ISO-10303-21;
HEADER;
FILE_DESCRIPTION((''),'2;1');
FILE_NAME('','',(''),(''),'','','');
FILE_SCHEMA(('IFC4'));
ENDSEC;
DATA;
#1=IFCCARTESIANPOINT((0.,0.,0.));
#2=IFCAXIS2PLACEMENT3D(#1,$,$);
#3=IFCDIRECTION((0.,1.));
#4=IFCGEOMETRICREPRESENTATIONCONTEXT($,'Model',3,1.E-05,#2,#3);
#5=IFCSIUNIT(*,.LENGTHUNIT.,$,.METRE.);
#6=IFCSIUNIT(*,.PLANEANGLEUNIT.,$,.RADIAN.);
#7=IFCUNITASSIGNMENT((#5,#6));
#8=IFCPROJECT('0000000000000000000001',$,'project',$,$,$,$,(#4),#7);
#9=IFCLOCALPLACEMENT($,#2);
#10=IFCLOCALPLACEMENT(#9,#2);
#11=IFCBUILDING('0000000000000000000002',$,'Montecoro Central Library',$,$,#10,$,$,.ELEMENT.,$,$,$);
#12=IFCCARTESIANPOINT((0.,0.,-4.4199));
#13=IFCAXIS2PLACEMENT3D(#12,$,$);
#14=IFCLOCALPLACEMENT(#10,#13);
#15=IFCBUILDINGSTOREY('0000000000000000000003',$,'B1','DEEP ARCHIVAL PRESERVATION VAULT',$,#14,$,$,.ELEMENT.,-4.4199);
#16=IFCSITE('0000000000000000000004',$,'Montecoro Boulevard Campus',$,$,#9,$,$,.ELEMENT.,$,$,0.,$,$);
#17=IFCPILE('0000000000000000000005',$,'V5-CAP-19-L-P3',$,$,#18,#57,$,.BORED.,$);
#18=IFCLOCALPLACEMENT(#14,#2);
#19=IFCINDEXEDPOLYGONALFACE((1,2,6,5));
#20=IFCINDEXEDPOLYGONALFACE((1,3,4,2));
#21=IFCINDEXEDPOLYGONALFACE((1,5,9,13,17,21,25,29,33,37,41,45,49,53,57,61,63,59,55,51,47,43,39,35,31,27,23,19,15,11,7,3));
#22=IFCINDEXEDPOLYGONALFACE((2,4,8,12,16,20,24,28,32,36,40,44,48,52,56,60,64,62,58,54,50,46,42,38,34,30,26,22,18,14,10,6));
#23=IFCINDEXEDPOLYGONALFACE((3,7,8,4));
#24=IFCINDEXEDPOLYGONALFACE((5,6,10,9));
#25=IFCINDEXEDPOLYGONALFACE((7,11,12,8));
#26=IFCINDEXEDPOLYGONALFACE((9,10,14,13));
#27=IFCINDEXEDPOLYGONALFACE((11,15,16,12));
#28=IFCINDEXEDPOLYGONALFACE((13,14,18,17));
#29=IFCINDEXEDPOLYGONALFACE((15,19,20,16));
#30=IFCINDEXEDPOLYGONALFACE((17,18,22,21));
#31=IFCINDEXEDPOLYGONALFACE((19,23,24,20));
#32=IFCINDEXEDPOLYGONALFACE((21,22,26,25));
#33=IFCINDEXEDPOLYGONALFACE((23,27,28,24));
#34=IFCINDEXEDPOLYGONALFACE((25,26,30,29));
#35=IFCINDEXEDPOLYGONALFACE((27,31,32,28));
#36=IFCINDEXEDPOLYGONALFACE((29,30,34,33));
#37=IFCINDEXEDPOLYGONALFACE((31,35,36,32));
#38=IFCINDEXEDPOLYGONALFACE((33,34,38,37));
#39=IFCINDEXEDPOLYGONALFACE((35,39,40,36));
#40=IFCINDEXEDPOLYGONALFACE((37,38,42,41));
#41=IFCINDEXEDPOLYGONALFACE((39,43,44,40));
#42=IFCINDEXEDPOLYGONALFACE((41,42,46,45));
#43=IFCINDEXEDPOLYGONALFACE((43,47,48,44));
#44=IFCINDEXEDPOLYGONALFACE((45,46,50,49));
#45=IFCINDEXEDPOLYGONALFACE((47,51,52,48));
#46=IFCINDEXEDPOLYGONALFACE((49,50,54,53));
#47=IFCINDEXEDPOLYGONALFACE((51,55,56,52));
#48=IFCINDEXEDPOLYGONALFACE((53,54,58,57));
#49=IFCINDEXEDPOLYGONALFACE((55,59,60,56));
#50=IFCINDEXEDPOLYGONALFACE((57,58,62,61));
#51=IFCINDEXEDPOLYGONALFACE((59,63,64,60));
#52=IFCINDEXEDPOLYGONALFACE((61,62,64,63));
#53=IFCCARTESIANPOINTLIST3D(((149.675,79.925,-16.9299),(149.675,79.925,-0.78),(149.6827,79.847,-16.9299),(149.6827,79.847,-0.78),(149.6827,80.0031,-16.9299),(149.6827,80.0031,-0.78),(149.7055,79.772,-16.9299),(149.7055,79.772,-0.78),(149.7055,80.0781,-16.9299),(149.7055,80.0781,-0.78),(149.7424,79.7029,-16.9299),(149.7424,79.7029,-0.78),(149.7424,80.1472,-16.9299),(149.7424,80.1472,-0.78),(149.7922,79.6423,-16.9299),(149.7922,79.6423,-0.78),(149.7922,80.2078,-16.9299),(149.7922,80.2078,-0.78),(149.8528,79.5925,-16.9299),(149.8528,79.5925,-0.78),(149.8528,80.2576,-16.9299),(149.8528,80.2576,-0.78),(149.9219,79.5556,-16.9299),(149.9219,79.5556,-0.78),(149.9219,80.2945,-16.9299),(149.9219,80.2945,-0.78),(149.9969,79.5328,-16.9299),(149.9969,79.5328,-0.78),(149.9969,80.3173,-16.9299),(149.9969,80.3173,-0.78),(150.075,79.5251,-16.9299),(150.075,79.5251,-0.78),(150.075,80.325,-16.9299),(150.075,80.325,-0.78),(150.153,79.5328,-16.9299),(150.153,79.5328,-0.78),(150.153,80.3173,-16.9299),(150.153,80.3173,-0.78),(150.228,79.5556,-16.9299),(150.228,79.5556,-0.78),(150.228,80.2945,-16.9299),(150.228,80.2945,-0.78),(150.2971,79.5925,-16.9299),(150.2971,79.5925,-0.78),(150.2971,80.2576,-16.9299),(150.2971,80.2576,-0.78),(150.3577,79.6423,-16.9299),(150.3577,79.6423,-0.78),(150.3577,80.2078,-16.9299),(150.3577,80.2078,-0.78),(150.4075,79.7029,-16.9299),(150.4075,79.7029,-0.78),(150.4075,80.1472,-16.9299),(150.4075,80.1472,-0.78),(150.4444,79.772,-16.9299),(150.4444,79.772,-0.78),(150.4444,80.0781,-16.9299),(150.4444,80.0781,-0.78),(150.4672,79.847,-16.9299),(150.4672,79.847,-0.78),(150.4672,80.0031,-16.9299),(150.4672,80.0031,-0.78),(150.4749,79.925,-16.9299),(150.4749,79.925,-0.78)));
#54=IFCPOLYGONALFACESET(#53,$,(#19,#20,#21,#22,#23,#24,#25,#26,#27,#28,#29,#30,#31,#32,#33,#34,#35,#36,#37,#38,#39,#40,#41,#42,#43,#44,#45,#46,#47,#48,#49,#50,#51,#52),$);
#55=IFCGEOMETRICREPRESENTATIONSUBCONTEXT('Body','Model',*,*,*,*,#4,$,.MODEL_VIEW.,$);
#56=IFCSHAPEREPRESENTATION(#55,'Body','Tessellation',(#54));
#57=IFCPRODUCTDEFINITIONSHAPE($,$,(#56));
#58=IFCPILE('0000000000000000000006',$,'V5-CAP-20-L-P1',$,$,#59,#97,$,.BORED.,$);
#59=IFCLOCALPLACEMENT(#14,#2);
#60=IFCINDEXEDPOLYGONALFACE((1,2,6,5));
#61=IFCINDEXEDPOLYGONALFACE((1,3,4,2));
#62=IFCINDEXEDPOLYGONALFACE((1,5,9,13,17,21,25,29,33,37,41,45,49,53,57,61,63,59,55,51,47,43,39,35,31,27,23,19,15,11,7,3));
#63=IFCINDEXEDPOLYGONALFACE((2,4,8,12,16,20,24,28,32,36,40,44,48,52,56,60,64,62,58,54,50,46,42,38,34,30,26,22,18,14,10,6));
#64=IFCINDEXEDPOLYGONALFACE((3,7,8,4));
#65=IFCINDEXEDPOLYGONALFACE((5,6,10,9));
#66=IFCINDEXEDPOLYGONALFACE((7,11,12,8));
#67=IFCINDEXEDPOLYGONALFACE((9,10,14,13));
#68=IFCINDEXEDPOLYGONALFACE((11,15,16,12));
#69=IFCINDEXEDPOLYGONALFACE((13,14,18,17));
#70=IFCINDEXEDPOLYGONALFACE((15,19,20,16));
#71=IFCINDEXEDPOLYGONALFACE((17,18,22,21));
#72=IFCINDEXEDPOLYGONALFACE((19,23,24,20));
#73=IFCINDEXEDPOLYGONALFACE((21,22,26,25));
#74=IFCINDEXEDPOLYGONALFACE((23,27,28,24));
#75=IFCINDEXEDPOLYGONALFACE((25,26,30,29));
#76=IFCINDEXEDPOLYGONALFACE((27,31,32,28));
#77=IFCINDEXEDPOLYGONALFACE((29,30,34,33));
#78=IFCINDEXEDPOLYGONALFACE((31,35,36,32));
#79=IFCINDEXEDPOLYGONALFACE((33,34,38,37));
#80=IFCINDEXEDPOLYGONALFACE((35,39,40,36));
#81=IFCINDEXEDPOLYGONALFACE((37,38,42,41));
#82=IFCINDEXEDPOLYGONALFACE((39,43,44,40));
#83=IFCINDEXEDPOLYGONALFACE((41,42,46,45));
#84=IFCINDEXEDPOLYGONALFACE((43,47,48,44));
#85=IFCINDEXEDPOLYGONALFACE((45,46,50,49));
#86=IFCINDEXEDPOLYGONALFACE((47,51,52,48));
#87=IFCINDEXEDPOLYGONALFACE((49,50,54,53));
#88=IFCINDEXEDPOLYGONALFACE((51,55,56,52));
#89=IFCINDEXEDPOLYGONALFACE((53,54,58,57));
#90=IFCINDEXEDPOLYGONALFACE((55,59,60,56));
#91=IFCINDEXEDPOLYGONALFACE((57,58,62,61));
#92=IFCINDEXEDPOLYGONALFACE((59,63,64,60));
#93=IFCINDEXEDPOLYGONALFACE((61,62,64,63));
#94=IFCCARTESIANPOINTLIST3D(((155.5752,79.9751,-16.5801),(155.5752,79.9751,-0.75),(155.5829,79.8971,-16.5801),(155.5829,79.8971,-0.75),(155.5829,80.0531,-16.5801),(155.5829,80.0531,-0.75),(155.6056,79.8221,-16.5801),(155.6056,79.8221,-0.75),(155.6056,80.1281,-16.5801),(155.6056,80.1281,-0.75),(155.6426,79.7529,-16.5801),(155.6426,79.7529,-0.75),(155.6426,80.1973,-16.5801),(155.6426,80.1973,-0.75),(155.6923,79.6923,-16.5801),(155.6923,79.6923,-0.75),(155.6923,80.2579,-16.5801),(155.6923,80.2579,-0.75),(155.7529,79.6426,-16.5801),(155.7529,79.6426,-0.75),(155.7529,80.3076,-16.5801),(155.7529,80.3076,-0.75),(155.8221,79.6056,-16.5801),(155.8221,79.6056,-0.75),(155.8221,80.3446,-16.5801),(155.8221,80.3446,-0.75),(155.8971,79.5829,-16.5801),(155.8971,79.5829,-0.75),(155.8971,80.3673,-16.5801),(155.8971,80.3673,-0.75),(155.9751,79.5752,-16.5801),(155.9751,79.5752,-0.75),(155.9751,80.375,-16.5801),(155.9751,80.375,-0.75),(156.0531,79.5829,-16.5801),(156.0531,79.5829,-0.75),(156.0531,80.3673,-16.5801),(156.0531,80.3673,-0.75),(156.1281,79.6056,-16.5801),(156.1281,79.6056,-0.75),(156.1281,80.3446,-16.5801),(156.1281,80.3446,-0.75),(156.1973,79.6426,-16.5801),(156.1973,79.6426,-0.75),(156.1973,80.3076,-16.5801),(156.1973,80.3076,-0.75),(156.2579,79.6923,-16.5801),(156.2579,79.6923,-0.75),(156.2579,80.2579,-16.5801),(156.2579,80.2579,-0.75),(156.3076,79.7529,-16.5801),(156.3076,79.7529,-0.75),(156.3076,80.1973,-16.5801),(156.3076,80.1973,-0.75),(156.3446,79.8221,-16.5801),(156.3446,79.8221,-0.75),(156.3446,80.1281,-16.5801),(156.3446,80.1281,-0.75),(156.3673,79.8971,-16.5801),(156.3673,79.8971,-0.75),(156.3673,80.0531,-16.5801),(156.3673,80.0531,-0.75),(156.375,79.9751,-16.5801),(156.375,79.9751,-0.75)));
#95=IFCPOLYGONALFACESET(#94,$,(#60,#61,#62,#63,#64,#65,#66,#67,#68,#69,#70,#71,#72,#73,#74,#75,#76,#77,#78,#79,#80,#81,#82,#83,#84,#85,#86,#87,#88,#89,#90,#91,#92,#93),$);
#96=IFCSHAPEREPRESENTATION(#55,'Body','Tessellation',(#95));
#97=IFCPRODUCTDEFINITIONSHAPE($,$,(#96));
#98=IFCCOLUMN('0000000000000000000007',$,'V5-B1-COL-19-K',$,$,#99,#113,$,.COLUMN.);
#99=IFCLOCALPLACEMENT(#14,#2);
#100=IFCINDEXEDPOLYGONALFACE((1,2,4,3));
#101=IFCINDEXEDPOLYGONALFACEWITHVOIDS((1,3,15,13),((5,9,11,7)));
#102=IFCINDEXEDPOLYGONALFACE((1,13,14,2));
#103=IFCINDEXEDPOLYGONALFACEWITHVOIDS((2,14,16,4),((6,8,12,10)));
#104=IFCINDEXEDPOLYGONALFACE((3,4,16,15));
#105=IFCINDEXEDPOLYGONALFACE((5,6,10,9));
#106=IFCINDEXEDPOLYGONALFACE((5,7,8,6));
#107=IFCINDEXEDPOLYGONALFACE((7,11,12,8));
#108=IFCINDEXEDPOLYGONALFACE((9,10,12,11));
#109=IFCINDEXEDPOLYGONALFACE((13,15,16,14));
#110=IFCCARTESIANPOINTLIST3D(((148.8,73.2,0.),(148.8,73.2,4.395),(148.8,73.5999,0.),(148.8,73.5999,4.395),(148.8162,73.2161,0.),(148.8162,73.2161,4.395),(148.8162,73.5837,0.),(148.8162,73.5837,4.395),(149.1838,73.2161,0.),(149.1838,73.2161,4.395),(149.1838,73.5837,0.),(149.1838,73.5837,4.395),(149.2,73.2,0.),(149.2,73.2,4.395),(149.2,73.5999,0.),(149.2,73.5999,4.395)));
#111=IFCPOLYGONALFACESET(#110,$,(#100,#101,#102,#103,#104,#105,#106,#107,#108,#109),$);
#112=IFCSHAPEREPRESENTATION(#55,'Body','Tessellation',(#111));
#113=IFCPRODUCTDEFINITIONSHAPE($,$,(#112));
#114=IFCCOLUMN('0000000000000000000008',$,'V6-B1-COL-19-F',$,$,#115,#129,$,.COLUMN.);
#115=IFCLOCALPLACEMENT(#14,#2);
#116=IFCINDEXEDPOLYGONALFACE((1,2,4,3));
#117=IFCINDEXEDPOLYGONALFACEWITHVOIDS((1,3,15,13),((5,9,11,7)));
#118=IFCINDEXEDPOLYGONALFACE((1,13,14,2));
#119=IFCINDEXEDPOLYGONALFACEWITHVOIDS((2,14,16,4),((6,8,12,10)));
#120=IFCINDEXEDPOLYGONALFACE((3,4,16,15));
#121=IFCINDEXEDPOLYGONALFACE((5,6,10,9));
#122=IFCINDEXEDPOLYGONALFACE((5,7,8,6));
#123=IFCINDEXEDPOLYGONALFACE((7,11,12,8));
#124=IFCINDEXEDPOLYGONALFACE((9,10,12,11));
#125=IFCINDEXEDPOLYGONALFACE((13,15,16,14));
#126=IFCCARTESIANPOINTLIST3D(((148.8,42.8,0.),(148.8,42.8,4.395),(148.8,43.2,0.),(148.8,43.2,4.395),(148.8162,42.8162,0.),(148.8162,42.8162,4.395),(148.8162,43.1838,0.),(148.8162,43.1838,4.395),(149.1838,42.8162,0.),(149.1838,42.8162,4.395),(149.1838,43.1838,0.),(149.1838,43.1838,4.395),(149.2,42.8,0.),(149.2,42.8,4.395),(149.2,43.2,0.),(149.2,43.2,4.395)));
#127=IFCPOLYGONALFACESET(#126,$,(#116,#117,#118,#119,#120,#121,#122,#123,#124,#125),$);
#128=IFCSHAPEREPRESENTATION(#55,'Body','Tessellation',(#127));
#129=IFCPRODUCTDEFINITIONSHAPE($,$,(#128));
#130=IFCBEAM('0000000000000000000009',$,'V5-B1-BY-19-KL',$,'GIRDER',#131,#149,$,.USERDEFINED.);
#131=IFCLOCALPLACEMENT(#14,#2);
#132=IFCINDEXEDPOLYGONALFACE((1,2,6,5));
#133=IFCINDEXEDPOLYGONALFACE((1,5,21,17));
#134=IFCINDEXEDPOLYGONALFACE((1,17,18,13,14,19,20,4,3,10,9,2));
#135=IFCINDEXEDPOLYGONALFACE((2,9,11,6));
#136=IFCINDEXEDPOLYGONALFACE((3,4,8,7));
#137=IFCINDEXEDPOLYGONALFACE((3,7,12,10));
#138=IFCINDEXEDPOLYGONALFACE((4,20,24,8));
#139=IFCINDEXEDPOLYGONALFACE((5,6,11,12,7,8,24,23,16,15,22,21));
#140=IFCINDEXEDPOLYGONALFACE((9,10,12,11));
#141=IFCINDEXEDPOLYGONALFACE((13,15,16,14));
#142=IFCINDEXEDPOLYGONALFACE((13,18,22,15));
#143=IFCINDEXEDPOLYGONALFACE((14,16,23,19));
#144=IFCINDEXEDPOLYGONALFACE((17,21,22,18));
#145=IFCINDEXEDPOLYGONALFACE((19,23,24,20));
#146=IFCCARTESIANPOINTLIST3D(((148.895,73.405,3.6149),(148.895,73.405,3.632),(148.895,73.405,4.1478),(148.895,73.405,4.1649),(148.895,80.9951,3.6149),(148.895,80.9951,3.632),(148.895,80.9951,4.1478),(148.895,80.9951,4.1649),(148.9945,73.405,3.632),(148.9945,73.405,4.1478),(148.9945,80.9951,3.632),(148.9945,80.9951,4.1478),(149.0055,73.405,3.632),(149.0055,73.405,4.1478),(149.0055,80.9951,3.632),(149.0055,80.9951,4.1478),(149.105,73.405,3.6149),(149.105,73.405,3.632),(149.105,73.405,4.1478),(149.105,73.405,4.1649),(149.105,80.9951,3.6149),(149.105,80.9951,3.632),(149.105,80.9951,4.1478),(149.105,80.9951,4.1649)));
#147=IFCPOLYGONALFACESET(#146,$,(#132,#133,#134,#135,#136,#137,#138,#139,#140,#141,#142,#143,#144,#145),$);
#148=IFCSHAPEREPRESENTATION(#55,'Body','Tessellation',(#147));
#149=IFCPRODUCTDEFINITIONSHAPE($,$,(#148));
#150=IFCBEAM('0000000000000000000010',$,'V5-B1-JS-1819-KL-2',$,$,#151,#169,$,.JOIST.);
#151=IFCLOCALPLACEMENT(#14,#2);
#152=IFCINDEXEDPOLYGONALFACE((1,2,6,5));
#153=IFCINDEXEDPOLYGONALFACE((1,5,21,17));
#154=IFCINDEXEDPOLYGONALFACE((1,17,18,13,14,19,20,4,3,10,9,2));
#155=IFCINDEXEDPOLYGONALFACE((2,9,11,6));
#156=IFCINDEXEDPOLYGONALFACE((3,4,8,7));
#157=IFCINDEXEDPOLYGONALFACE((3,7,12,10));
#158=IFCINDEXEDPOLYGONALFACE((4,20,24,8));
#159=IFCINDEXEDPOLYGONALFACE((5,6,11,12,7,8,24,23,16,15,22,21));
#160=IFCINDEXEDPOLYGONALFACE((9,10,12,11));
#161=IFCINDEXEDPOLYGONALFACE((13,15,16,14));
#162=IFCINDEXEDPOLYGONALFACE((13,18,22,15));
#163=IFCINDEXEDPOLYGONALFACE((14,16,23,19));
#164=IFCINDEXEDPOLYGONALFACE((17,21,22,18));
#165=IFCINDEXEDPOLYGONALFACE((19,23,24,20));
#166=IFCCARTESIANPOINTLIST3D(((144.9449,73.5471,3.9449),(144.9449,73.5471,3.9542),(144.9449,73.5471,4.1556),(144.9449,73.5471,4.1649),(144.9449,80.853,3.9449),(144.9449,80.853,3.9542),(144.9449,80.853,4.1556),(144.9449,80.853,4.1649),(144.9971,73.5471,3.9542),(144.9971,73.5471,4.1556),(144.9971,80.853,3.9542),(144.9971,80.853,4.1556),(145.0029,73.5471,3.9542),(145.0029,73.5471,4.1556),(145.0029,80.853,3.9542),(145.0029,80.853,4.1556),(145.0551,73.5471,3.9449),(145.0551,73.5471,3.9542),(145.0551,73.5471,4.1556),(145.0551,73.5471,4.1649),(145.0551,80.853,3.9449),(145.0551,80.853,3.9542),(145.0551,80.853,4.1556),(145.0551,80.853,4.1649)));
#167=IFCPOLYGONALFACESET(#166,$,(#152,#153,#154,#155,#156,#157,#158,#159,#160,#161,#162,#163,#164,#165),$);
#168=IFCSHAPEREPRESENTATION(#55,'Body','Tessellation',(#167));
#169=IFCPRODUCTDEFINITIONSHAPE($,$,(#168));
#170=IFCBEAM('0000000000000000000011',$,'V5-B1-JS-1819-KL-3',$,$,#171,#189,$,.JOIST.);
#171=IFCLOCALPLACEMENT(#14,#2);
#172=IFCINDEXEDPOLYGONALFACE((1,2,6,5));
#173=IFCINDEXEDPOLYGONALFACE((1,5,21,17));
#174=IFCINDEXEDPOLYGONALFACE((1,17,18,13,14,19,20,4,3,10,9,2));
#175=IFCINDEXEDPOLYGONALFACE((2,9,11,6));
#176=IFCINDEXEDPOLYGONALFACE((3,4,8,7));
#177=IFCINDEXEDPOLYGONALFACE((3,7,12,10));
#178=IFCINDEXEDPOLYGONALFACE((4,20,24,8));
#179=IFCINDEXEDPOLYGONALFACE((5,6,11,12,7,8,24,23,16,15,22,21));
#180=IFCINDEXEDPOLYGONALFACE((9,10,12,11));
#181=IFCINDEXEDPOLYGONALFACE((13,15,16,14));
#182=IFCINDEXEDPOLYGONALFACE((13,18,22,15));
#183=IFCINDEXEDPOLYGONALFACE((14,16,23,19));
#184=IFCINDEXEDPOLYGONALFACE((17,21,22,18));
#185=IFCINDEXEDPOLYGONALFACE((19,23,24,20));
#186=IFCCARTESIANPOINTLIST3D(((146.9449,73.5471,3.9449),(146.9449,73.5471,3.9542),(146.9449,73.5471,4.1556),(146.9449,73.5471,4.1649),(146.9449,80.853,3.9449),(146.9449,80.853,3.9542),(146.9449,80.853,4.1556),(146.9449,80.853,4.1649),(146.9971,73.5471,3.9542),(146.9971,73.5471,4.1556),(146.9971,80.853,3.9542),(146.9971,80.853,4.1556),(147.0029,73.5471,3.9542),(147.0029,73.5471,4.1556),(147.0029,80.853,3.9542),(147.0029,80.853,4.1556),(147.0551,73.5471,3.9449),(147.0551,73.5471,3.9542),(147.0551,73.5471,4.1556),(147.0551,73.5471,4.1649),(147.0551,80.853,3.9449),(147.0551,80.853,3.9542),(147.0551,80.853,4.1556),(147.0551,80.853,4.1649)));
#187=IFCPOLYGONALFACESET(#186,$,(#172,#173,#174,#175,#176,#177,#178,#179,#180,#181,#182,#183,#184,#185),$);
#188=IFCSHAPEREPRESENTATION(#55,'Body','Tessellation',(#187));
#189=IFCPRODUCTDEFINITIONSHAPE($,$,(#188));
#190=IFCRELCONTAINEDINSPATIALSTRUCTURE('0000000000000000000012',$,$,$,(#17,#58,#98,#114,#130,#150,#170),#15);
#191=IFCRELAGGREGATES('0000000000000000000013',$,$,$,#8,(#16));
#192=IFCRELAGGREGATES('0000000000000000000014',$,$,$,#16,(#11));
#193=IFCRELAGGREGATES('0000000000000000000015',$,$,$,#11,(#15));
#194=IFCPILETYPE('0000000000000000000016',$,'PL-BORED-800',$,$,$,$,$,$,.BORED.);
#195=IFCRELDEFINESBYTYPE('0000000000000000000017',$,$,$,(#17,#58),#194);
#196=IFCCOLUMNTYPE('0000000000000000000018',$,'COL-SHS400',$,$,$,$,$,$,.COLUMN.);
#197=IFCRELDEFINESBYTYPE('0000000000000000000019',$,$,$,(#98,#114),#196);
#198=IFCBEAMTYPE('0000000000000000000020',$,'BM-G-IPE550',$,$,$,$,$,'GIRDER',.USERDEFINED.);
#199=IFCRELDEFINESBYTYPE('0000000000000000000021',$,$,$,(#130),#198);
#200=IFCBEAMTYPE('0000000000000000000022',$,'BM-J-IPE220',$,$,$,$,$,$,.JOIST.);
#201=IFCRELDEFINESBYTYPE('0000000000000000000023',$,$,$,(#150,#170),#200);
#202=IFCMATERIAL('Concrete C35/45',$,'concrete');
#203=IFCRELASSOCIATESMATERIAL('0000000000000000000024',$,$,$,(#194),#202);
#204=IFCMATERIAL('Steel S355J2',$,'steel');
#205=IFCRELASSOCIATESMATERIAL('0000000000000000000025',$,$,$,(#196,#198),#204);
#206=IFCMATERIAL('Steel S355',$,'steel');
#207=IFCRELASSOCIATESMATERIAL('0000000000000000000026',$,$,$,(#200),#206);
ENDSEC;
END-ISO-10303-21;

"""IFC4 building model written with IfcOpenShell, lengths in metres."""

from ifc_helpers import new_model, si_unit, direction, frame, origin, origin_2d, place, context, subcontext, project, spatial, hollow_rectangle, circle, i_section, extrude, material, material_profile, profile_set, type_object, element, save


model = new_model("IFC4")

# Units and contexts
model_context = context("Model", 3, precision=1e-05, world=origin(), true_north=direction((0.0, 1.0)))
body_context = subcontext(model_context, "Body", "Model", "MODEL_VIEW")
ifc_project = project(units=[si_unit("LENGTHUNIT", "METRE"), si_unit("PLANEANGLEUNIT", "RADIAN")], contexts=[model_context])

# Site, building, storey
site_placement = place(None, origin())
site = spatial("IfcSite", under=ifc_project, at=site_placement, Name="Montecoro Boulevard Campus", CompositionType="ELEMENT", RefElevation=0.0)
building_placement = place(site_placement, origin())
building = spatial("IfcBuilding", under=site, at=building_placement, Name="Montecoro Central Library", CompositionType="ELEMENT")
storey_placement = place(building_placement, frame((0.0, 0.0, -4.4199)))
storey = spatial("IfcBuildingStorey", under=building, at=storey_placement, Name="B1", Description="DEEP ARCHIVAL PRESERVATION VAULT", CompositionType="ELEMENT", Elevation=-4.4199)

# Shared definitions
ifc_material_1 = material(Name="Concrete C35/45", Category="concrete")

# Piles
ifc_material_profile_1 = material_profile(ifc_material_1, circle(Radius=0.3999, at=origin_2d()), Name="PILE D800")
ifc_profile_set_1 = profile_set([ifc_material_profile_1], Name="Concrete C35/45")
pile_type_1 = type_object("IfcPileType", Name="PL-BORED-800", PredefinedType="BORED", material=ifc_profile_set_1)
for number, where, z_axis, x_axis, name in (
    (1, (150.075, 79.925, -0.78), (0.0, 0.0, -1.0), (1.0, 0.0, 0.0), "V5-CAP-19-L-P3"),
):
    element("IfcPile", number, at=place(storey_placement, frame(where, z_axis=z_axis, x_axis=x_axis)), inside=storey, type_object=pile_type_1, Name=name, PredefinedType="BORED", context=body_context, shape_type="SweptSolid", body=[
        extrude(circle(Radius=0.3999, at=origin_2d()), origin(), (0.0, 0.0, 1.0), 16.1499),
    ])
pile_1_placement = place(storey_placement, frame((155.9751, 79.9751, -0.75), z_axis=(0.0, 0.0, -1.0), x_axis=(1.0, 0.0, 0.0)))
element("IfcPile", 2, at=pile_1_placement, inside=storey, type_object=pile_type_1, Name="V5-CAP-20-L-P1", PredefinedType="BORED", context=body_context, shape_type="SweptSolid", body=[
    extrude(circle(Radius=0.3999, at=origin_2d()), origin(), (0.0, 0.0, 1.0), 15.8301),
])

# Columns
ifc_material_2 = material(Name="Steel S355J2", Category="steel")
ifc_material_profile_2 = material_profile(ifc_material_2, hollow_rectangle(XDim=0.3999, YDim=0.3999, WallThickness=0.0161, at=origin_2d()), Name="SHS 400x400x16.0")
ifc_profile_set_2 = profile_set([ifc_material_profile_2], Name="Steel S355J2")
column_type = type_object("IfcColumnType", Name="COL-SHS400", PredefinedType="COLUMN", material=ifc_profile_set_2)
for number, where, z_axis, x_axis, name in (
    (3, (149.0, 73.3999, 0.0), (0.0, 0.0, 1.0), (1.0, 0.0, 0.0), "V5-B1-COL-19-K"),
    (4, (149.0, 43.0, 0.0), (0.0, 0.0, 1.0), (1.0, 0.0, 0.0), "V6-B1-COL-19-F"),
):
    element("IfcColumn", number, at=place(storey_placement, frame(where, z_axis=z_axis, x_axis=x_axis)), inside=storey, type_object=column_type, Name=name, PredefinedType="COLUMN", context=body_context, shape_type="SweptSolid", body=[
        extrude(hollow_rectangle(XDim=0.3999, YDim=0.3999, WallThickness=0.0161, at=origin_2d()), origin(), (0.0, 0.0, 1.0), 4.395),
    ])

# Beams
ifc_material_profile_3 = material_profile(ifc_material_2, i_section(OverallWidth=0.21, OverallDepth=0.55, WebThickness=0.011, FlangeThickness=0.0171, at=origin_2d()), Name="IPE 550")
ifc_profile_set_3 = profile_set([ifc_material_profile_3], Name="Steel S355J2")
beam_type_1 = type_object("IfcBeamType", Name="BM-G-IPE550", ElementType="GIRDER", PredefinedType="USERDEFINED", material=ifc_profile_set_3)
beam_placement = place(storey_placement, frame((149.0, 73.405, 3.8899), z_axis=(0.0, 1.0, 0.0), x_axis=(-1.0, 0.0, 0.0)))
element("IfcBeam", 5, at=beam_placement, inside=storey, type_object=beam_type_1, Name="V5-B1-BY-19-KL", ObjectType="GIRDER", PredefinedType="USERDEFINED", context=body_context, shape_type="SweptSolid", body=[
    extrude(i_section(OverallWidth=0.21, OverallDepth=0.55, WebThickness=0.011, FlangeThickness=0.0171, at=origin_2d()), origin(), (0.0, 0.0, 1.0), 7.5901),
])
ifc_material_3 = material(Name="Steel S355", Category="steel")
ifc_material_profile_4 = material_profile(ifc_material_3, i_section(OverallWidth=0.1101, OverallDepth=0.22, WebThickness=0.0059, FlangeThickness=0.0093, at=origin_2d()), Name="IPE 220")
ifc_profile_set_4 = profile_set([ifc_material_profile_4], Name="Steel S355")
beam_type_2 = type_object("IfcBeamType", Name="BM-J-IPE220", PredefinedType="JOIST", material=ifc_profile_set_4)
for number, where, z_axis, x_axis, name in (
    (6, (145.0, 73.5471, 4.0549), (0.0, 1.0, 0.0), (-1.0, 0.0, 0.0), "V5-B1-JS-1819-KL-2"),
    (7, (147.0, 73.5471, 4.0549), (0.0, 1.0, 0.0), (-1.0, 0.0, 0.0), "V5-B1-JS-1819-KL-3"),
):
    element("IfcBeam", number, at=place(storey_placement, frame(where, z_axis=z_axis, x_axis=x_axis)), inside=storey, type_object=beam_type_2, Name=name, PredefinedType="JOIST", context=body_context, shape_type="SweptSolid", body=[
        extrude(i_section(OverallWidth=0.1101, OverallDepth=0.22, WebThickness=0.0059, FlangeThickness=0.0093, at=origin_2d()), origin(), (0.0, 0.0, 1.0), 7.3059),
    ])

save(model, "model.ifc")
